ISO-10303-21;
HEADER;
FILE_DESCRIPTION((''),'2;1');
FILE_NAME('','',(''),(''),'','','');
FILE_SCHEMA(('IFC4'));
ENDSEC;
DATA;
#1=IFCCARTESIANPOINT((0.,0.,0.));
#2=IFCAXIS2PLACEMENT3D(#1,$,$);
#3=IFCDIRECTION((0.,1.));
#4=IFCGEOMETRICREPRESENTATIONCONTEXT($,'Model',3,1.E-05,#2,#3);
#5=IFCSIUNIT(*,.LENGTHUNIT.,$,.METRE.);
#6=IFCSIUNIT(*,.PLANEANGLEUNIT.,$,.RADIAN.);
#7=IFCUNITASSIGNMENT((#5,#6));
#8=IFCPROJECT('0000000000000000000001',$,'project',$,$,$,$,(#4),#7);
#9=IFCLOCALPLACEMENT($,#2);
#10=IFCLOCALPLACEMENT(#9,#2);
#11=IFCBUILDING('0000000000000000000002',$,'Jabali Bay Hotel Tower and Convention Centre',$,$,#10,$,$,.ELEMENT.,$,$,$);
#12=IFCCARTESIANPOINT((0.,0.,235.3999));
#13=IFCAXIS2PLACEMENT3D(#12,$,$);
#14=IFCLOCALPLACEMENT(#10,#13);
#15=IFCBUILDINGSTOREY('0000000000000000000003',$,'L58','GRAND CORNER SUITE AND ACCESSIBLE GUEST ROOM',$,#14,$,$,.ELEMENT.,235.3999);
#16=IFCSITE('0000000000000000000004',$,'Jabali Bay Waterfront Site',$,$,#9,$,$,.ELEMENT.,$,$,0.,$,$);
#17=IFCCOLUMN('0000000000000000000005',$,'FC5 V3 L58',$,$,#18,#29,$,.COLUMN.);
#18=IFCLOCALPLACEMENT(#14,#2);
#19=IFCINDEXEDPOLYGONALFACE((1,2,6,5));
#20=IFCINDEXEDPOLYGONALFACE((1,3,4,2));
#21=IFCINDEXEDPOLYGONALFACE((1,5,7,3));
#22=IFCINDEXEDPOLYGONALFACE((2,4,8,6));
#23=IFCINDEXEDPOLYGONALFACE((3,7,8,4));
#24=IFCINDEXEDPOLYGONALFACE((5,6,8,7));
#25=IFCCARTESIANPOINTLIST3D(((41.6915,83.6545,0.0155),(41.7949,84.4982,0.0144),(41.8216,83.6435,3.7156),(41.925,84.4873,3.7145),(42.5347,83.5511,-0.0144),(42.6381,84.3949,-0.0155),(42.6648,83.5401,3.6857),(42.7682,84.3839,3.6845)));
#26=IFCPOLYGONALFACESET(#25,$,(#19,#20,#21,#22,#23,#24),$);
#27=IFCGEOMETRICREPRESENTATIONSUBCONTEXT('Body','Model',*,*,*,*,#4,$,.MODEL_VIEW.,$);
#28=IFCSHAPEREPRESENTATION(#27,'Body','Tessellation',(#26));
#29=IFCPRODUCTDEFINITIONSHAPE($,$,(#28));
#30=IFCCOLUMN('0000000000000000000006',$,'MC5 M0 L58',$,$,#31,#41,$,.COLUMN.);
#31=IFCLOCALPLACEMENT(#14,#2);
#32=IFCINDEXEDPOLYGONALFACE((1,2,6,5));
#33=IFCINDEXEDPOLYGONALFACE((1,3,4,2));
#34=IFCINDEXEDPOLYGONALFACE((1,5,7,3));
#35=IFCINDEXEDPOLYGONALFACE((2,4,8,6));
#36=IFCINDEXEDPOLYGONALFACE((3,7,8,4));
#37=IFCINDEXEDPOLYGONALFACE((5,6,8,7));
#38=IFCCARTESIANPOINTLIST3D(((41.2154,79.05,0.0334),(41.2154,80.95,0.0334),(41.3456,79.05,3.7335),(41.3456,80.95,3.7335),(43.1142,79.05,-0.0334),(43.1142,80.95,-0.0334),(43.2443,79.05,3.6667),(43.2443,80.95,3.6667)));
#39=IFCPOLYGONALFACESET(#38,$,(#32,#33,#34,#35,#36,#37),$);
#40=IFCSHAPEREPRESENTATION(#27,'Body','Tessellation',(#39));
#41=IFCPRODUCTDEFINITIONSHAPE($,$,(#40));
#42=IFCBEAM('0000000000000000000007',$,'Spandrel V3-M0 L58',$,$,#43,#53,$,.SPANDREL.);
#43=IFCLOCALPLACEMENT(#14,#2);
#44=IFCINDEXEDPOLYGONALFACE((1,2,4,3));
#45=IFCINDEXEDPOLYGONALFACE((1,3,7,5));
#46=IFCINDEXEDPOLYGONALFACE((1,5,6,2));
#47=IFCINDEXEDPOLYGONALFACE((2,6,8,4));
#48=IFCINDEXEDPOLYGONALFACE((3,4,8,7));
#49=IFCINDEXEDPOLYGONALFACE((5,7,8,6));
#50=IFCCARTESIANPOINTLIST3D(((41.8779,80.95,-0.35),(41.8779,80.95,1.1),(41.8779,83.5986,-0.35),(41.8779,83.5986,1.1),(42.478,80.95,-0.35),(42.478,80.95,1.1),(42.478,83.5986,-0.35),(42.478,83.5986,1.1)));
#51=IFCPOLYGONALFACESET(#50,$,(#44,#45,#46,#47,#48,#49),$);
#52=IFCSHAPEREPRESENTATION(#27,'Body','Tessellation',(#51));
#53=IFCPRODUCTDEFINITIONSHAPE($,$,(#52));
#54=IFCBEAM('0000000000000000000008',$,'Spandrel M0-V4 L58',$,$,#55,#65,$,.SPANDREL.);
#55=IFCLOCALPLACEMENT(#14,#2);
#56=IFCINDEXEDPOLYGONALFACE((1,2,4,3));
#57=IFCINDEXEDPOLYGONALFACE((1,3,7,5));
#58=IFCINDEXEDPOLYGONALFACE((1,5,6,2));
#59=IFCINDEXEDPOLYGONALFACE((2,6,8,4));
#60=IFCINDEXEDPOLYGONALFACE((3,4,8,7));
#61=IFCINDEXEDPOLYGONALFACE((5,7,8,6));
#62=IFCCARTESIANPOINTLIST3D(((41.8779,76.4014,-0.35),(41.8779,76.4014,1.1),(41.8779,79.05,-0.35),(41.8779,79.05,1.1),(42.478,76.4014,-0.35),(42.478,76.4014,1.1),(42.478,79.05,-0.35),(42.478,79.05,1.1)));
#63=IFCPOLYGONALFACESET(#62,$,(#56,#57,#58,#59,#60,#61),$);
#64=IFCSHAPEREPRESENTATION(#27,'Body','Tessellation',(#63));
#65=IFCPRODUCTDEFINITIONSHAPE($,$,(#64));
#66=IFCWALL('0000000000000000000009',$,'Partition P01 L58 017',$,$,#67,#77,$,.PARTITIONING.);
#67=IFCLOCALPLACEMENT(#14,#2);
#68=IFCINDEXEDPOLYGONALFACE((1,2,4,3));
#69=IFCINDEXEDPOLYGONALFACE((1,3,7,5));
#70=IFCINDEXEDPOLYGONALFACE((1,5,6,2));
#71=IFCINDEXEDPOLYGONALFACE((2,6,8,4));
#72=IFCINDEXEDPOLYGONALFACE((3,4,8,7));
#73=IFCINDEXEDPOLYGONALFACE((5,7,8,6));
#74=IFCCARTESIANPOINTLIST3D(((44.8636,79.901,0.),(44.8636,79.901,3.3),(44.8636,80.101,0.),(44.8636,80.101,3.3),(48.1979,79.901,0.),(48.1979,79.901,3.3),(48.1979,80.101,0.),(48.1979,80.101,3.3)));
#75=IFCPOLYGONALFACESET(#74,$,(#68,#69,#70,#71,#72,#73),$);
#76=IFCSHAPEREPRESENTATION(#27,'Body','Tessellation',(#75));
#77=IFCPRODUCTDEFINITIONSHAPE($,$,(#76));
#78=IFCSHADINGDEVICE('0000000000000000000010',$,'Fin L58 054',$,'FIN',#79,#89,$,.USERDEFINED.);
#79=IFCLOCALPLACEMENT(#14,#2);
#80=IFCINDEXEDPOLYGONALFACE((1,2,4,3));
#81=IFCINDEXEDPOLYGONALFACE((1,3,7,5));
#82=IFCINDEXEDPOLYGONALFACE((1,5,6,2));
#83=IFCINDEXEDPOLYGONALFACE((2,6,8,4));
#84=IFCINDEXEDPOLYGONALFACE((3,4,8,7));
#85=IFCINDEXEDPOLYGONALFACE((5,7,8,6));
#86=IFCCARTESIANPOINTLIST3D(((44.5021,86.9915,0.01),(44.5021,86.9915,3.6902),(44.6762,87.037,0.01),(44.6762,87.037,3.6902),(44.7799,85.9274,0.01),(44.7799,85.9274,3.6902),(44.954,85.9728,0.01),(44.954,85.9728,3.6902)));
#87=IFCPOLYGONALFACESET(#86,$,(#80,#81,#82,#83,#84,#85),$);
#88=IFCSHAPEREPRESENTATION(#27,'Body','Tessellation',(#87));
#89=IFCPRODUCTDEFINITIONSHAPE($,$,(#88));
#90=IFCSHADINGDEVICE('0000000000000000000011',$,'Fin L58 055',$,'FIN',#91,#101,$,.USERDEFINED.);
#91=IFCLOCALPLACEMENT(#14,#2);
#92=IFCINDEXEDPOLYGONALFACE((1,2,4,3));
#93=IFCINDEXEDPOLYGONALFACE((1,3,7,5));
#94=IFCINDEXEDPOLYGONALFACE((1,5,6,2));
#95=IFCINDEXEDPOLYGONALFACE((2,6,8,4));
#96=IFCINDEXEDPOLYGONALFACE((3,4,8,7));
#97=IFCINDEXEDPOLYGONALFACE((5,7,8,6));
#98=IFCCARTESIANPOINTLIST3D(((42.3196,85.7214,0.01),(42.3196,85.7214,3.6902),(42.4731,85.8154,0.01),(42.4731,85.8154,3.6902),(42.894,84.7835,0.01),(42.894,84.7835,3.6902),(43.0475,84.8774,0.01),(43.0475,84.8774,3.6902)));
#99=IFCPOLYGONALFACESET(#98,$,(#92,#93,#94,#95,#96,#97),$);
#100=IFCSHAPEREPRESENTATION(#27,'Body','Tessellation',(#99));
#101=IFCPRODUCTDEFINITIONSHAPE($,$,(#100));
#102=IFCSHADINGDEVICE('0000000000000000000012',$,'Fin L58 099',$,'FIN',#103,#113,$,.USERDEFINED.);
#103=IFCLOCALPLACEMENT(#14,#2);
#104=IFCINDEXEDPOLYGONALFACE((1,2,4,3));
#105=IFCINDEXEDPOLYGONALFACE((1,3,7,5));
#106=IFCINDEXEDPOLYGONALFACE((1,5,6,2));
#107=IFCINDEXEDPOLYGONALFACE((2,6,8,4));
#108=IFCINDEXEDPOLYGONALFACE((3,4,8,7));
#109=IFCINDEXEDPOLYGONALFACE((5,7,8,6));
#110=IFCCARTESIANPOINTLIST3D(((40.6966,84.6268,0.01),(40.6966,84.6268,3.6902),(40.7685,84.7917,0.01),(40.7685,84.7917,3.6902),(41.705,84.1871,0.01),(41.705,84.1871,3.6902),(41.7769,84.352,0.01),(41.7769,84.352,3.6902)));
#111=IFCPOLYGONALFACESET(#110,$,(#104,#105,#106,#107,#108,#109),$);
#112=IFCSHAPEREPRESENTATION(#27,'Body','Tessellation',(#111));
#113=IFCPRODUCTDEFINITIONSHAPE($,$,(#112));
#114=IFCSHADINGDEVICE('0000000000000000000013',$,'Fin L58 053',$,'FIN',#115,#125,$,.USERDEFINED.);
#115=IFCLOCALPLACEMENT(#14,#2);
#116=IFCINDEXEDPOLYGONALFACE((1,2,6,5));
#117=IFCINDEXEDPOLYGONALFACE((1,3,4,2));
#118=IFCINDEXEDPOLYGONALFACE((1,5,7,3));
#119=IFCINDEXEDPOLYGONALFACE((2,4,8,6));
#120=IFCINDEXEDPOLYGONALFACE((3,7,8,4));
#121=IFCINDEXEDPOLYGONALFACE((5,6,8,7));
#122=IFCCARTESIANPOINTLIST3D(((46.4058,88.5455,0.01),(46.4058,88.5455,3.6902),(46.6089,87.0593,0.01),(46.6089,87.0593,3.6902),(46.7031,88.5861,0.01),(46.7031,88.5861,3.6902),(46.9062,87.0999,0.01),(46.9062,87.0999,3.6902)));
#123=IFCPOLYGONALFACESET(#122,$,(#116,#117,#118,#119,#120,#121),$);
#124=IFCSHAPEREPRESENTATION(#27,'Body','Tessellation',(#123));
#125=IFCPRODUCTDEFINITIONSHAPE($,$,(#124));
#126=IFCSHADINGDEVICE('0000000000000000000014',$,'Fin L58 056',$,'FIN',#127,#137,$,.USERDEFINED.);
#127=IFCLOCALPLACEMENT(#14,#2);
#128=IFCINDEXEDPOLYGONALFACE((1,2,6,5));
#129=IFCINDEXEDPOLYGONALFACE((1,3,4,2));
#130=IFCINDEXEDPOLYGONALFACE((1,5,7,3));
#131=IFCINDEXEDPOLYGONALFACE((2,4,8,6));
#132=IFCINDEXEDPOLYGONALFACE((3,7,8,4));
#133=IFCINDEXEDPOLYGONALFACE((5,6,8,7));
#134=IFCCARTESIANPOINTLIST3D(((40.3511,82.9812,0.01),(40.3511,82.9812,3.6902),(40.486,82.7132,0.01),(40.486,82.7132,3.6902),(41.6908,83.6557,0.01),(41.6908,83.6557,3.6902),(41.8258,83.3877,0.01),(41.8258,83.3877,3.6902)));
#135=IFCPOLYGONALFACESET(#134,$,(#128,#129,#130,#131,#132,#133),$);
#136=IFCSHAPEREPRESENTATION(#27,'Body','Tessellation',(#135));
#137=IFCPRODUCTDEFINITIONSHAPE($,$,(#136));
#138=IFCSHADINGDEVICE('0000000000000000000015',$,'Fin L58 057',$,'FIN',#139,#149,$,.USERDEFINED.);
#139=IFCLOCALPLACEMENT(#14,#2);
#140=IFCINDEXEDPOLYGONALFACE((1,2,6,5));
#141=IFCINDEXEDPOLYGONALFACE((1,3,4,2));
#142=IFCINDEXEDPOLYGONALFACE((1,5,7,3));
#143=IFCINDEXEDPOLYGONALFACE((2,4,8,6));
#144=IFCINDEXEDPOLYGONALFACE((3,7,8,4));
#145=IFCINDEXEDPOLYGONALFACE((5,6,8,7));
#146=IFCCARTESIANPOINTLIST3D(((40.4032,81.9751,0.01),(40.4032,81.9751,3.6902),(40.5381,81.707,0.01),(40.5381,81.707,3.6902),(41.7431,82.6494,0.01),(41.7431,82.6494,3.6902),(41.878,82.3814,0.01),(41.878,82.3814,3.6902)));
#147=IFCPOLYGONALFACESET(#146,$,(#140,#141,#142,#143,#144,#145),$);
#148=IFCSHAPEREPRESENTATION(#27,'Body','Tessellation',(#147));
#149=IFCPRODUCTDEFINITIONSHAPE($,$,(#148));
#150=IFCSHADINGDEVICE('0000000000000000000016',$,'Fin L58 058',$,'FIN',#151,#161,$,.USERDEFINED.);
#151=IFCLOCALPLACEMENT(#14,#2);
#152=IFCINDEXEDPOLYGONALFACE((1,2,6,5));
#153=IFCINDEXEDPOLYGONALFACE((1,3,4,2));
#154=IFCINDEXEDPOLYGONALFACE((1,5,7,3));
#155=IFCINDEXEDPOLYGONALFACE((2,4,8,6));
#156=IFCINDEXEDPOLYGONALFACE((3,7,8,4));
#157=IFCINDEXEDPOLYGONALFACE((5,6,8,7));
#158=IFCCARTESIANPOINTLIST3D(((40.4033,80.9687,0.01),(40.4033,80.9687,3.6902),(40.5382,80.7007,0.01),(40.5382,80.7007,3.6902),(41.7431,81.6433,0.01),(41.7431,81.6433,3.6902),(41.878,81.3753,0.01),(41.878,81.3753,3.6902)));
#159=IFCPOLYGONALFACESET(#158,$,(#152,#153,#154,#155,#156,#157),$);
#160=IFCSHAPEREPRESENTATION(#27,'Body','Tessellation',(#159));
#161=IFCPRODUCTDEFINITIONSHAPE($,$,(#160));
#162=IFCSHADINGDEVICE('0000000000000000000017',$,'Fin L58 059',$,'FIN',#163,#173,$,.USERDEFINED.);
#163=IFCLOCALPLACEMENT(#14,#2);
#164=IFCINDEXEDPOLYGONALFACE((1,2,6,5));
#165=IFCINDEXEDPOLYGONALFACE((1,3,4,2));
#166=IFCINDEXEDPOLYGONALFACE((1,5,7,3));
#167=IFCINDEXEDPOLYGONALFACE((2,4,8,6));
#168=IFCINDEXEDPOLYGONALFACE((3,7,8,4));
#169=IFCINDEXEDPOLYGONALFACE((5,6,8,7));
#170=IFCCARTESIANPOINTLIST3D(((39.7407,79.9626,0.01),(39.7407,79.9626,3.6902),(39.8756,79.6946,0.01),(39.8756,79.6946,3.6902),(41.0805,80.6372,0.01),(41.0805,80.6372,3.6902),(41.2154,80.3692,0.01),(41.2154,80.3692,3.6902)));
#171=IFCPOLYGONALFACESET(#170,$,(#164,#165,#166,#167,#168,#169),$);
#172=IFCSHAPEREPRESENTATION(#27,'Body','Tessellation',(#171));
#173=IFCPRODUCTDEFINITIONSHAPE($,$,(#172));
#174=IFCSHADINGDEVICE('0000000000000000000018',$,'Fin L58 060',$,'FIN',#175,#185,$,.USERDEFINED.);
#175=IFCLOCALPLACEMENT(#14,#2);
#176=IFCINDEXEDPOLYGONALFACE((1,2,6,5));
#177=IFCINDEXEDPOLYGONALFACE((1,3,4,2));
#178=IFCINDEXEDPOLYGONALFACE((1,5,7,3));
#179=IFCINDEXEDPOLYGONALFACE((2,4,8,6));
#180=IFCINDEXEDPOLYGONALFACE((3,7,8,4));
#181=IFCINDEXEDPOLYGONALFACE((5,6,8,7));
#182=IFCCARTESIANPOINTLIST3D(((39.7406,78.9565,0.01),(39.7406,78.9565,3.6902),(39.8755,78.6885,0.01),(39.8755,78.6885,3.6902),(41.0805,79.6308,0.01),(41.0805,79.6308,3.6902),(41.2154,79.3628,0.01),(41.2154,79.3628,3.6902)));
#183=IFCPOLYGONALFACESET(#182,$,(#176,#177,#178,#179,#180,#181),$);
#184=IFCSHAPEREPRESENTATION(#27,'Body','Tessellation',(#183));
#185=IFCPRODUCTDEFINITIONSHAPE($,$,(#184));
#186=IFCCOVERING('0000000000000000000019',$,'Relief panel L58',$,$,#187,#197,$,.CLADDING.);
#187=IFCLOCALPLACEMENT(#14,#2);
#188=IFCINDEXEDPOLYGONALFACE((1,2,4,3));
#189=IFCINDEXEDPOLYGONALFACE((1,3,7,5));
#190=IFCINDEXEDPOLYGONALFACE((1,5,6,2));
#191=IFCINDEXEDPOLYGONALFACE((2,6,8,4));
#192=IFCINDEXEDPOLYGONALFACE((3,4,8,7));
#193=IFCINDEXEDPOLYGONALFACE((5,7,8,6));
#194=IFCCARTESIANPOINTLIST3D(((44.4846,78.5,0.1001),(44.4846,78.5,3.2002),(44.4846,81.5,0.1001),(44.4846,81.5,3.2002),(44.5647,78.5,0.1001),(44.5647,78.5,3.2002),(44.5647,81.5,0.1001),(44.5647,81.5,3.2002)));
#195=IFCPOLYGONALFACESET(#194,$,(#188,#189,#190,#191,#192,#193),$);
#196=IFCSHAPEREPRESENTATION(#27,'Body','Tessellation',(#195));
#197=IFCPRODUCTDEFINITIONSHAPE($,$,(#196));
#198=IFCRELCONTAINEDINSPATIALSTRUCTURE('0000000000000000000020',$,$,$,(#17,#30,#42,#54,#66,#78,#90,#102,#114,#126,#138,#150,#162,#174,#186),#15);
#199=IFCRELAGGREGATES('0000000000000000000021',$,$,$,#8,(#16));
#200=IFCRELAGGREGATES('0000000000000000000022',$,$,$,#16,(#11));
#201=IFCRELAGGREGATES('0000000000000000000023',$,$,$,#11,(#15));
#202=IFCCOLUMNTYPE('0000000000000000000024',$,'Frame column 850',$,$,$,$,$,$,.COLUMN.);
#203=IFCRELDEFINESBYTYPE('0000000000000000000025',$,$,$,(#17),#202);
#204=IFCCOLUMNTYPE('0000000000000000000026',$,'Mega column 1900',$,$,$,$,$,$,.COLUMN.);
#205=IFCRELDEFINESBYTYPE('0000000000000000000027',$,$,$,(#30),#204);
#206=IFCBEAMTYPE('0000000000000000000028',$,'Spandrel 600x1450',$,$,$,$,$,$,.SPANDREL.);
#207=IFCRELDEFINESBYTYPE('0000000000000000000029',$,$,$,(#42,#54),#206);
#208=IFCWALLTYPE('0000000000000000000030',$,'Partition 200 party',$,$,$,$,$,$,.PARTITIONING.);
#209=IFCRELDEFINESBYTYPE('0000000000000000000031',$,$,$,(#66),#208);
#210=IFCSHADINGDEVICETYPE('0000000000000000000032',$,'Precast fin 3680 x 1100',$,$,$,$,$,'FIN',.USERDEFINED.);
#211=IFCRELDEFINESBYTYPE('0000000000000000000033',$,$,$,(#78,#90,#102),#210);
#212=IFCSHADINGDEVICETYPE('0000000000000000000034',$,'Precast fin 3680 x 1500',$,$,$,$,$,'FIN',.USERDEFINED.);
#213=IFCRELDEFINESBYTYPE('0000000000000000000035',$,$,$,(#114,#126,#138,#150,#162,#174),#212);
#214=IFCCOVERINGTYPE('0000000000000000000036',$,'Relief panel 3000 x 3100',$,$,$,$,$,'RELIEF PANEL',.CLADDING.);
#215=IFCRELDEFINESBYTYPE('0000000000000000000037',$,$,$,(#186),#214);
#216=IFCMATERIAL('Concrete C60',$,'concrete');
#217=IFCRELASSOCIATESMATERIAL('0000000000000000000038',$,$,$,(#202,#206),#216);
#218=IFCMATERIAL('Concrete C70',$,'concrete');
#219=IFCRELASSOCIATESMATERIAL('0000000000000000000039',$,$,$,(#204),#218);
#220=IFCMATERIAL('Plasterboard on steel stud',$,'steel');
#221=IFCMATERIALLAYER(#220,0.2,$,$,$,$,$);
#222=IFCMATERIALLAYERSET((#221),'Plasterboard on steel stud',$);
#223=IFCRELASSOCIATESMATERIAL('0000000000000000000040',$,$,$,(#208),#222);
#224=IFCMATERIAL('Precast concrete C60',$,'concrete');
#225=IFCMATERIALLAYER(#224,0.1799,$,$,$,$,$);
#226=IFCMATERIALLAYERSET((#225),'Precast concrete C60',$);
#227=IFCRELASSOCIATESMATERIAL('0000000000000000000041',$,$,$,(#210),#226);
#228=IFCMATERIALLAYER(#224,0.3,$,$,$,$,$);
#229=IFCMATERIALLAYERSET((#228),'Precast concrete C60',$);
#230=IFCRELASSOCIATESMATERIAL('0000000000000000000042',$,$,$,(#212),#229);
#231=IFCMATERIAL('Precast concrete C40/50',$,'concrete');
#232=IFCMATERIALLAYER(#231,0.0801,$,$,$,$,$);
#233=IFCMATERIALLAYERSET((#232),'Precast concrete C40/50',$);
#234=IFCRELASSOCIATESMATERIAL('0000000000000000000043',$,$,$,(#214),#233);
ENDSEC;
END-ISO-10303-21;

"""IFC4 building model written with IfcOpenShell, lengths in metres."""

from ifc_helpers import new_model, si_unit, direction, frame, frame_2d, origin, origin_2d, place, context, subcontext, project, spatial, rectangle, extrude, material, layer, layer_set, material_profile, profile_set, type_object, element, save


model = new_model("IFC4")

# Units and contexts
model_context = context("Model", 3, precision=1e-05, world=origin(), true_north=direction((0.0, 1.0)))
body_context = subcontext(model_context, "Body", "Model", "MODEL_VIEW")
ifc_project = project(units=[si_unit("LENGTHUNIT", "METRE"), si_unit("PLANEANGLEUNIT", "RADIAN")], contexts=[model_context])

# Site, building, storey
site_placement = place(None, origin())
site = spatial("IfcSite", under=ifc_project, at=site_placement, Name="Jabali Bay Waterfront Site", CompositionType="ELEMENT", RefElevation=0.0)
building_placement = place(site_placement, origin())
building = spatial("IfcBuilding", under=site, at=building_placement, Name="Jabali Bay Hotel Tower and Convention Centre", CompositionType="ELEMENT")
storey_placement = place(building_placement, frame((0.0, 0.0, 235.3999)))
storey = spatial("IfcBuildingStorey", under=building, at=storey_placement, Name="L58", Description="GRAND CORNER SUITE AND ACCESSIBLE GUEST ROOM", CompositionType="ELEMENT", Elevation=235.3999)

# Columns
ifc_material_1 = material(Name="Concrete C60", Category="concrete")
ifc_material_profile_1 = material_profile(ifc_material_1, rectangle(XDim=0.8501, YDim=0.8501, at=origin_2d()), Name="Frame column 850")
ifc_profile_set_1 = profile_set([ifc_material_profile_1], Name="Concrete C60")
column_type_1 = type_object("IfcColumnType", Name="Frame column 850", PredefinedType="COLUMN", material=ifc_profile_set_1)
column_1_placement = place(storey_placement, frame((42.1648, 84.0247, 0.0), z_axis=(0.035146, -0.002967, 0.999378), x_axis=(-0.991952, 0.121612, 0.035246)))
element("IfcColumn", 1, at=column_1_placement, inside=storey, type_object=column_type_1, Name="FC5 V3 L58", PredefinedType="COLUMN", context=body_context, shape_type="SweptSolid", body=[
    extrude(rectangle(XDim=0.8501, YDim=0.8501, at=origin_2d()), origin(), (0.0, 0.0, 1.0), 3.7024),
])
ifc_material_2 = material(Name="Concrete C70", Category="concrete")
ifc_material_profile_2 = material_profile(ifc_material_2, rectangle(XDim=1.8999, YDim=1.8999, at=origin_2d()), Name="Mega column 1900")
ifc_profile_set_2 = profile_set([ifc_material_profile_2], Name="Concrete C70")
column_type_2 = type_object("IfcColumnType", Name="Mega column 1900", PredefinedType="COLUMN", material=ifc_profile_set_2)
column_2_placement = place(storey_placement, frame((42.1648, 80.0, 0.0), z_axis=(0.035146, 0.0, 0.999382), x_axis=(0.0, 1.0, 0.0)))
element("IfcColumn", 2, at=column_2_placement, inside=storey, type_object=column_type_2, Name="MC5 M0 L58", PredefinedType="COLUMN", context=body_context, shape_type="SweptSolid", body=[
    extrude(rectangle(XDim=1.8999, YDim=1.8999, at=origin_2d()), origin(), (0.0, 0.0, 1.0), 3.7024),
])

# Beams
ifc_material_profile_3 = material_profile(ifc_material_1, rectangle(XDim=0.6001, YDim=1.45, at=origin_2d()), Name="Spandrel 600x1450")
ifc_profile_set_3 = profile_set([ifc_material_profile_3], Name="Concrete C60")
beam_type = type_object("IfcBeamType", Name="Spandrel 600x1450", PredefinedType="SPANDREL", material=ifc_profile_set_3)
for number, where, z_axis, x_axis, name in (
    (3, (42.178, 83.5986, 0.375), (0.0, -1.0, 0.0), (1.0, 0.0, 0.0), "Spandrel V3-M0 L58"),
    (4, (42.178, 79.05, 0.375), (0.0, -1.0, 0.0), (1.0, 0.0, 0.0), "Spandrel M0-V4 L58"),
):
    element("IfcBeam", number, at=place(storey_placement, frame(where, z_axis=z_axis, x_axis=x_axis)), inside=storey, type_object=beam_type, Name=name, PredefinedType="SPANDREL", context=body_context, shape_type="SweptSolid", body=[
        extrude(rectangle(XDim=0.6001, YDim=1.45, at=origin_2d()), origin(), (0.0, 0.0, 1.0), 2.6487),
    ])

# Wall
ifc_material_3 = material(Name="Plasterboard on steel stud", Category="steel")
ifc_layer_1 = layer(ifc_material_3, 0.2)
ifc_layer_set_1 = layer_set([ifc_layer_1], Name="Plasterboard on steel stud")
wall_type_1 = type_object("IfcWallType", Name="Partition 200 party", PredefinedType="PARTITIONING", material=ifc_layer_set_1)
wall_1_placement = place(storey_placement, frame((44.8638, 80.001, 0.0), z_axis=(0.0, 0.0, 1.0), x_axis=(1.0, 0.0, 0.0)))
element("IfcWall", 5, at=wall_1_placement, inside=storey, type_object=wall_type_1, Name="Partition P01 L58 017", PredefinedType="PARTITIONING", context=body_context, shape_type="SweptSolid", body=[
    extrude(rectangle(XDim=3.3342, YDim=0.2, at=frame_2d((1.667, 0.0))), origin(), (0.0, 0.0, 1.0), 3.3),
])

# Shading devices
ifc_material_4 = material(Name="Precast concrete C60", Category="concrete")
ifc_layer_2 = layer(ifc_material_4, 0.1799)
ifc_layer_set_2 = layer_set([ifc_layer_2], Name="Precast concrete C60")
shading_device_type_1 = type_object("IfcShadingDeviceType", Name="Precast fin 3680 x 1100", ElementType="FIN", PredefinedType="USERDEFINED", material=ifc_layer_set_2)
for number, where, z_axis, x_axis, name in (
    (6, (44.8669, 85.9502, 0.01), (0.0, 0.0, 1.0), (-0.252603, 0.96757, 0.0), "Fin L58 054"),
    (7, (42.9707, 84.8306, 0.01), (0.0, 0.0, 1.0), (-0.522276, 0.852777, 0.0), "Fin L58 055"),
):
    element("IfcShadingDevice", number, at=place(storey_placement, frame(where, z_axis=z_axis, x_axis=x_axis)), inside=storey, type_object=shading_device_type_1, Name=name, ObjectType="FIN", PredefinedType="USERDEFINED", context=body_context, shape_type="SweptSolid", body=[
        extrude(rectangle(XDim=1.0999, YDim=0.1799, at=frame_2d((0.5498, 0.0))), origin(), (0.0, 0.0, 1.0), 3.6802),
    ])
shading_device_placement = place(storey_placement, frame((41.741, 84.2695, 0.01), z_axis=(0.0, 0.0, 1.0), x_axis=(-0.916636, 0.399724, 0.0)))
element("IfcShadingDevice", 8, at=shading_device_placement, inside=storey, type_object=shading_device_type_1, Name="Fin L58 099", ObjectType="FIN", PredefinedType="USERDEFINED", context=body_context, shape_type="SweptSolid", body=[
    extrude(rectangle(XDim=1.1001, YDim=0.1799, at=frame_2d((0.55, 0.0))), origin(), (0.0, 0.0, 1.0), 3.6802),
])
ifc_layer_3 = layer(ifc_material_4, 0.3)
ifc_layer_set_3 = layer_set([ifc_layer_3], Name="Precast concrete C60")
shading_device_type_2 = type_object("IfcShadingDeviceType", Name="Precast fin 3680 x 1500", ElementType="FIN", PredefinedType="USERDEFINED", material=ifc_layer_set_3)
for number, where, z_axis, x_axis, name in (
    (9, (46.7576, 87.0796, 0.01), (0.0, 0.0, 1.0), (-0.135426, 0.990788, 0.0), "Fin L58 053"),
    (10, (41.7583, 83.5217, 0.01), (0.0, 0.0, 1.0), (-0.893187, -0.449686, 0.0), "Fin L58 056"),
    (11, (41.8105, 82.5154, 0.01), (0.0, 0.0, 1.0), (-0.893252, -0.449556, 0.0), "Fin L58 057"),
    (12, (41.8105, 81.5093, 0.01), (0.0, 0.0, 1.0), (-0.893187, -0.449686, 0.0), "Fin L58 058"),
    (13, (41.1479, 80.5032, 0.01), (0.0, 0.0, 1.0), (-0.893187, -0.449686, 0.0), "Fin L58 059"),
    (14, (41.1479, 79.4968, 0.01), (0.0, 0.0, 1.0), (-0.893252, -0.449556, 0.0), "Fin L58 060"),
):
    element("IfcShadingDevice", number, at=place(storey_placement, frame(where, z_axis=z_axis, x_axis=x_axis)), inside=storey, type_object=shading_device_type_2, Name=name, ObjectType="FIN", PredefinedType="USERDEFINED", context=body_context, shape_type="SweptSolid", body=[
        extrude(rectangle(XDim=1.5, YDim=0.3, at=frame_2d((0.75, 0.0))), origin(), (0.0, 0.0, 1.0), 3.6802),
    ])

# Covering
ifc_material_5 = material(Name="Precast concrete C40/50", Category="concrete")
ifc_layer_4 = layer(ifc_material_5, 0.0801)
ifc_layer_set_4 = layer_set([ifc_layer_4], Name="Precast concrete C40/50")
covering_type = type_object("IfcCoveringType", Name="Relief panel 3000 x 3100", ElementType="RELIEF PANEL", PredefinedType="CLADDING", material=ifc_layer_set_4)
covering_placement = place(storey_placement, frame((44.5247, 80.0, 0.1001), z_axis=(0.0, 0.0, 1.0), x_axis=(0.0, 1.0, 0.0)))
element("IfcCovering", 15, at=covering_placement, inside=storey, type_object=covering_type, Name="Relief panel L58", PredefinedType="CLADDING", context=body_context, shape_type="SweptSolid", body=[
    extrude(rectangle(XDim=3.0, YDim=0.0801, at=origin_2d()), origin(), (0.0, 0.0, 1.0), 3.1001),
])

save(model, "model.ifc")
